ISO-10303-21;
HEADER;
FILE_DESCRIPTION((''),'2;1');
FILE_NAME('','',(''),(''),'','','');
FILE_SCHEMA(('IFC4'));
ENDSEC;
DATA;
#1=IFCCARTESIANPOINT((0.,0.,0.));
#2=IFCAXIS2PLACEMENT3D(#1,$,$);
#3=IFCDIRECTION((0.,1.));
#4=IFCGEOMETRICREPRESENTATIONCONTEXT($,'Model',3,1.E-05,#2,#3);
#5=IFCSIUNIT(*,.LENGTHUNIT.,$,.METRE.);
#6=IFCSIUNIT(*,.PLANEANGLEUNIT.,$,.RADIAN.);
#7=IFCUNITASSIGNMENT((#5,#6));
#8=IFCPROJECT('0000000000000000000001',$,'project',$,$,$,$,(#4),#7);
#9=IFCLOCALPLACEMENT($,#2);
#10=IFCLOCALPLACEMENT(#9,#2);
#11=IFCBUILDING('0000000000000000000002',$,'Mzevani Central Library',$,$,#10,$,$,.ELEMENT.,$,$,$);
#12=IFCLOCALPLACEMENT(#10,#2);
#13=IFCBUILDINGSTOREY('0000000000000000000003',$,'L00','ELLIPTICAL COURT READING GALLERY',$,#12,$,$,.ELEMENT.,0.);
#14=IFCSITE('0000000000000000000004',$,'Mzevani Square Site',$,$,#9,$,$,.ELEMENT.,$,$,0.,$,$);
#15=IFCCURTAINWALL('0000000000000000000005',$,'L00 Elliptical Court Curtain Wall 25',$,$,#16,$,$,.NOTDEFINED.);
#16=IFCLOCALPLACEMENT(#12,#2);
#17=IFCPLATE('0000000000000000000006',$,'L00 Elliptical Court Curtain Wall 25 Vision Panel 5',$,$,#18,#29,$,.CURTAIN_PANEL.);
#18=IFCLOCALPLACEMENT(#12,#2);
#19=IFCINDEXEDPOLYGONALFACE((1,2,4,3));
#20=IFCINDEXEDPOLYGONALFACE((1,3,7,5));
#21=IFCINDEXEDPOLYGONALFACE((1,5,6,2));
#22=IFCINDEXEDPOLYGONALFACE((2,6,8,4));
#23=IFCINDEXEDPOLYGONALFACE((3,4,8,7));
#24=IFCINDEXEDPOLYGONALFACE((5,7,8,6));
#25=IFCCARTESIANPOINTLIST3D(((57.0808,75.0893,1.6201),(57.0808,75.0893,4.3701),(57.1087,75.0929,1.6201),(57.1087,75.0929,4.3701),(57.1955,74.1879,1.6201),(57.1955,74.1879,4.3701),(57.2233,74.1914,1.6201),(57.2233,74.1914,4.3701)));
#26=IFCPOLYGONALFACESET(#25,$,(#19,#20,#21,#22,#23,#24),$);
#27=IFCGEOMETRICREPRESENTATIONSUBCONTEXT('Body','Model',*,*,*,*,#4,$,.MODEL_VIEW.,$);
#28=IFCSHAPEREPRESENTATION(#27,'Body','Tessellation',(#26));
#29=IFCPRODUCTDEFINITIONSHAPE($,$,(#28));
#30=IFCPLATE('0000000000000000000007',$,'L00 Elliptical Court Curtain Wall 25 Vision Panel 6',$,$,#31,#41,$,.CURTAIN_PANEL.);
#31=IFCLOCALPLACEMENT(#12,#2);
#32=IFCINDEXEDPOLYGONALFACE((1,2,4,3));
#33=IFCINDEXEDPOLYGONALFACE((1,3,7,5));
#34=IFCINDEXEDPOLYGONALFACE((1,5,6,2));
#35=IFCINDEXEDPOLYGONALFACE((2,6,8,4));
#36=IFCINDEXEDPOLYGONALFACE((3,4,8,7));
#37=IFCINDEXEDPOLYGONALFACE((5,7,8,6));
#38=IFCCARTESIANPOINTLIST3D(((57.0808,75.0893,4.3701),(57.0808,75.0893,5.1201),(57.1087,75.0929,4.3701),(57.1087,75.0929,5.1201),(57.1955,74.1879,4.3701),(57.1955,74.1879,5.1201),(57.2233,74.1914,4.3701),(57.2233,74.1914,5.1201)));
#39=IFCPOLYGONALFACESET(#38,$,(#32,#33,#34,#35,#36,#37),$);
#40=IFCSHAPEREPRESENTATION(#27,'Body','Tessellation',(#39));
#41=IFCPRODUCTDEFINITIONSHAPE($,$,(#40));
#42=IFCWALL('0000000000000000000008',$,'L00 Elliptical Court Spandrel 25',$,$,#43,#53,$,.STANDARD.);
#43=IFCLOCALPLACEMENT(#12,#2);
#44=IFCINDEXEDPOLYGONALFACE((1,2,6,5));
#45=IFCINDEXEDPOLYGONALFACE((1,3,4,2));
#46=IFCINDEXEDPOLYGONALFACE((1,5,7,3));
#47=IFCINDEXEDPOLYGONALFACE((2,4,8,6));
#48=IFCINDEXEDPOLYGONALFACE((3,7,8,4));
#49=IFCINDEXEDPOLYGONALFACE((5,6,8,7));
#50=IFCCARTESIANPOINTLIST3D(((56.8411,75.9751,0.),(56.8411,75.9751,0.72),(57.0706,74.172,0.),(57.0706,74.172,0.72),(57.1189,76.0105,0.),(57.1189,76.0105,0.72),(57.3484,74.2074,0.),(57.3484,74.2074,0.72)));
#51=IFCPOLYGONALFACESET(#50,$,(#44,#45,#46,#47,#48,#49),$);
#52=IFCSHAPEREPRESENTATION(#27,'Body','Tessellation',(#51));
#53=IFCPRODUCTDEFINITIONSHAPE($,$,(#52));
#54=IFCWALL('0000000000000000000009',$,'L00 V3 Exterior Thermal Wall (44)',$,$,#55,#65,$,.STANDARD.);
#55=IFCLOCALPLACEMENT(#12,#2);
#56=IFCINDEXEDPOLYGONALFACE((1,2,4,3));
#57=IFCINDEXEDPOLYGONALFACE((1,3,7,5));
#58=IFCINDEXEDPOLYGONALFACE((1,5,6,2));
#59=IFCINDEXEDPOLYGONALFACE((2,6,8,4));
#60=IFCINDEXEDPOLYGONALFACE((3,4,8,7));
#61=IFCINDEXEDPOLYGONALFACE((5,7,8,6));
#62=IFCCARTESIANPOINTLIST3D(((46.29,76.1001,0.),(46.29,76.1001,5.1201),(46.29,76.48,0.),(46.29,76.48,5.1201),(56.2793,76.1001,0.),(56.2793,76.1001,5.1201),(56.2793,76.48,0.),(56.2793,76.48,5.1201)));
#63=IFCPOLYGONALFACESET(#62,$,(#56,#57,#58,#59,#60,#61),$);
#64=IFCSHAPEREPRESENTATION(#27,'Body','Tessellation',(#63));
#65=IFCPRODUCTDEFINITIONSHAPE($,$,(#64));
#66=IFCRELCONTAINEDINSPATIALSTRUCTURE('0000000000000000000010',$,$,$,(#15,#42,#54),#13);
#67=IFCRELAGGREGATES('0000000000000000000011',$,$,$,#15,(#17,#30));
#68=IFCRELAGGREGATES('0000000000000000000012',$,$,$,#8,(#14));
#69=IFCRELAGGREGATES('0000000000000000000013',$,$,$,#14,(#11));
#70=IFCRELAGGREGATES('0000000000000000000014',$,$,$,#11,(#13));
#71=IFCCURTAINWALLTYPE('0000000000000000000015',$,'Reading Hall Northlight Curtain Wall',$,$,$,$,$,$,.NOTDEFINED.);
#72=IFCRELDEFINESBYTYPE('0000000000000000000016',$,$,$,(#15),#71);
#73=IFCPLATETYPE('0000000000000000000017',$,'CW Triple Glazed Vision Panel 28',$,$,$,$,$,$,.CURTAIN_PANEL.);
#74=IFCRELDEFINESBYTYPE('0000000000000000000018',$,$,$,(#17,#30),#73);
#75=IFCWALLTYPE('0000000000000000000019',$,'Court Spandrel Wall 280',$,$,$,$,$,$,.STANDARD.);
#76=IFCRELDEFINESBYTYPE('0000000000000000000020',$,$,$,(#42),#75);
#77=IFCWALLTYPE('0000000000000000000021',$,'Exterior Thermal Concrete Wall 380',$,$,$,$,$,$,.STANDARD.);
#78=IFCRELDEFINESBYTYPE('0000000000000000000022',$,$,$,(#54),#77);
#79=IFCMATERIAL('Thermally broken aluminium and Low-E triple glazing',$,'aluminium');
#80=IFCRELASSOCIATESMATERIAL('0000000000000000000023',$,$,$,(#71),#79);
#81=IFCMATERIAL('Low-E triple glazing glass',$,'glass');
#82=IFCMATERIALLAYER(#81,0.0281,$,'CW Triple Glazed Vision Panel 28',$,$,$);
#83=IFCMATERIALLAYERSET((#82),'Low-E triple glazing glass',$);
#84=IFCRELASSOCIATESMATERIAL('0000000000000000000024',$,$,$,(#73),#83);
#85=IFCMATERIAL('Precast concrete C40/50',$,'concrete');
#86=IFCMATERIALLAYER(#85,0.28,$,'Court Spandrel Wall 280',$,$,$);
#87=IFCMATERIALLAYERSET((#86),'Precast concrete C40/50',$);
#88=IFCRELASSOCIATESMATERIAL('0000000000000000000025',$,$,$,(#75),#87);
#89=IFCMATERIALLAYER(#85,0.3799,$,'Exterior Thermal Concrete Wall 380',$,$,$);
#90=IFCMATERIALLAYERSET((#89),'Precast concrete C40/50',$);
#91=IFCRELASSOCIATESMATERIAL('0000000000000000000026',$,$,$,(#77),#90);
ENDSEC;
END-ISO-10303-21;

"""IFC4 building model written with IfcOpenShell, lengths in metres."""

from ifc_helpers import new_model, si_unit, direction, frame, frame_2d, origin, origin_2d, place, context, subcontext, project, spatial, rectangle, extrude, material, layer, layer_set, type_object, element, aggregate, save


model = new_model("IFC4")

# Units and contexts
model_context = context("Model", 3, precision=1e-05, world=origin(), true_north=direction((0.0, 1.0)))
body_context = subcontext(model_context, "Body", "Model", "MODEL_VIEW")
ifc_project = project(units=[si_unit("LENGTHUNIT", "METRE"), si_unit("PLANEANGLEUNIT", "RADIAN")], contexts=[model_context])

# Site, building, storey
site_placement = place(None, origin())
site = spatial("IfcSite", under=ifc_project, at=site_placement, Name="Mzevani Square Site", CompositionType="ELEMENT", RefElevation=0.0)
building_placement = place(site_placement, origin())
building = spatial("IfcBuilding", under=site, at=building_placement, Name="Mzevani Central Library", CompositionType="ELEMENT")
storey_placement = place(building_placement, origin())
storey = spatial("IfcBuildingStorey", under=building, at=storey_placement, Name="L00", Description="ELLIPTICAL COURT READING GALLERY", CompositionType="ELEMENT", Elevation=0.0)

# Curtain wall
ifc_material_1 = material(Name="Thermally broken aluminium and Low-E triple glazing", Category="aluminium")
curtain_wall_type_1 = type_object("IfcCurtainWallType", Name="Reading Hall Northlight Curtain Wall", PredefinedType="NOTDEFINED", material=ifc_material_1)
curtain_wall_1_placement = place(storey_placement, origin())
curtain_wall_1 = element("IfcCurtainWall", 1, at=curtain_wall_1_placement, inside=storey, type_object=curtain_wall_type_1, Name="L00 Elliptical Court Curtain Wall 25", PredefinedType="NOTDEFINED")

# Plates
ifc_material_2 = material(Name="Low-E triple glazing glass", Category="glass")
ifc_layer_1 = layer(ifc_material_2, 0.0281, Name="CW Triple Glazed Vision Panel 28")
ifc_layer_set_1 = layer_set([ifc_layer_1], Name="Low-E triple glazing glass")
plate_type_1 = type_object("IfcPlateType", Name="CW Triple Glazed Vision Panel 28", PredefinedType="CURTAIN_PANEL", material=ifc_layer_set_1)
plate_1_placement = place(storey_placement, frame((57.1521, 74.6404, 1.6201), z_axis=(0.0, 0.0, 1.0), x_axis=(0.126168, -0.992009, 0.0)))
plate_1 = element("IfcPlate", 2, at=plate_1_placement, type_object=plate_type_1, Name="L00 Elliptical Court Curtain Wall 25 Vision Panel 5", PredefinedType="CURTAIN_PANEL", context=body_context, shape_type="SweptSolid", body=[
    extrude(rectangle(XDim=0.9087, YDim=0.0281, at=origin_2d()), origin(), (0.0, 0.0, 1.0), 2.75),
])
plate_2_placement = place(storey_placement, frame((57.1521, 74.6404, 4.3701), z_axis=(0.0, 0.0, 1.0), x_axis=(0.126168, -0.992009, 0.0)))
plate_2 = element("IfcPlate", 3, at=plate_2_placement, type_object=plate_type_1, Name="L00 Elliptical Court Curtain Wall 25 Vision Panel 6", PredefinedType="CURTAIN_PANEL", context=body_context, shape_type="SweptSolid", body=[
    extrude(rectangle(XDim=0.9087, YDim=0.0281, at=origin_2d()), origin(), (0.0, 0.0, 1.0), 0.75),
])
aggregate(curtain_wall_1, [plate_1, plate_2])

# Walls
ifc_material_3 = material(Name="Precast concrete C40/50", Category="concrete")
ifc_layer_2 = layer(ifc_material_3, 0.28, Name="Court Spandrel Wall 280")
ifc_layer_set_2 = layer_set([ifc_layer_2], Name="Precast concrete C40/50")
wall_type_1 = type_object("IfcWallType", Name="Court Spandrel Wall 280", PredefinedType="STANDARD", material=ifc_layer_set_2)
wall_1_placement = place(storey_placement, frame((56.98, 75.9927, 0.0), z_axis=(0.0, 0.0, 1.0), x_axis=(0.126266, -0.991996, 0.0)))
element("IfcWall", 4, at=wall_1_placement, inside=storey, type_object=wall_type_1, Name="L00 Elliptical Court Spandrel 25", PredefinedType="STANDARD", context=body_context, shape_type="SweptSolid", body=[
    extrude(rectangle(XDim=1.8176, YDim=0.28, at=frame_2d((0.9087, 0.0))), origin(), (0.0, 0.0, 1.0), 0.72),
])
ifc_layer_3 = layer(ifc_material_3, 0.3799, Name="Exterior Thermal Concrete Wall 380")
ifc_layer_set_3 = layer_set([ifc_layer_3], Name="Precast concrete C40/50")
wall_type_2 = type_object("IfcWallType", Name="Exterior Thermal Concrete Wall 380", PredefinedType="STANDARD", material=ifc_layer_set_3)
wall_2_placement = place(storey_placement, frame((56.2793, 76.29, 0.0), z_axis=(0.0, 0.0, 1.0), x_axis=(-1.0, 0.0, 0.0)))
element("IfcWall", 5, at=wall_2_placement, inside=storey, type_object=wall_type_2, Name="L00 V3 Exterior Thermal Wall (44)", PredefinedType="STANDARD", context=body_context, shape_type="SweptSolid", body=[
    extrude(rectangle(XDim=9.9893, YDim=0.3799, at=frame_2d((4.9946, 0.0))), origin(), (0.0, 0.0, 1.0), 5.1201),
])

save(model, "model.ifc")
